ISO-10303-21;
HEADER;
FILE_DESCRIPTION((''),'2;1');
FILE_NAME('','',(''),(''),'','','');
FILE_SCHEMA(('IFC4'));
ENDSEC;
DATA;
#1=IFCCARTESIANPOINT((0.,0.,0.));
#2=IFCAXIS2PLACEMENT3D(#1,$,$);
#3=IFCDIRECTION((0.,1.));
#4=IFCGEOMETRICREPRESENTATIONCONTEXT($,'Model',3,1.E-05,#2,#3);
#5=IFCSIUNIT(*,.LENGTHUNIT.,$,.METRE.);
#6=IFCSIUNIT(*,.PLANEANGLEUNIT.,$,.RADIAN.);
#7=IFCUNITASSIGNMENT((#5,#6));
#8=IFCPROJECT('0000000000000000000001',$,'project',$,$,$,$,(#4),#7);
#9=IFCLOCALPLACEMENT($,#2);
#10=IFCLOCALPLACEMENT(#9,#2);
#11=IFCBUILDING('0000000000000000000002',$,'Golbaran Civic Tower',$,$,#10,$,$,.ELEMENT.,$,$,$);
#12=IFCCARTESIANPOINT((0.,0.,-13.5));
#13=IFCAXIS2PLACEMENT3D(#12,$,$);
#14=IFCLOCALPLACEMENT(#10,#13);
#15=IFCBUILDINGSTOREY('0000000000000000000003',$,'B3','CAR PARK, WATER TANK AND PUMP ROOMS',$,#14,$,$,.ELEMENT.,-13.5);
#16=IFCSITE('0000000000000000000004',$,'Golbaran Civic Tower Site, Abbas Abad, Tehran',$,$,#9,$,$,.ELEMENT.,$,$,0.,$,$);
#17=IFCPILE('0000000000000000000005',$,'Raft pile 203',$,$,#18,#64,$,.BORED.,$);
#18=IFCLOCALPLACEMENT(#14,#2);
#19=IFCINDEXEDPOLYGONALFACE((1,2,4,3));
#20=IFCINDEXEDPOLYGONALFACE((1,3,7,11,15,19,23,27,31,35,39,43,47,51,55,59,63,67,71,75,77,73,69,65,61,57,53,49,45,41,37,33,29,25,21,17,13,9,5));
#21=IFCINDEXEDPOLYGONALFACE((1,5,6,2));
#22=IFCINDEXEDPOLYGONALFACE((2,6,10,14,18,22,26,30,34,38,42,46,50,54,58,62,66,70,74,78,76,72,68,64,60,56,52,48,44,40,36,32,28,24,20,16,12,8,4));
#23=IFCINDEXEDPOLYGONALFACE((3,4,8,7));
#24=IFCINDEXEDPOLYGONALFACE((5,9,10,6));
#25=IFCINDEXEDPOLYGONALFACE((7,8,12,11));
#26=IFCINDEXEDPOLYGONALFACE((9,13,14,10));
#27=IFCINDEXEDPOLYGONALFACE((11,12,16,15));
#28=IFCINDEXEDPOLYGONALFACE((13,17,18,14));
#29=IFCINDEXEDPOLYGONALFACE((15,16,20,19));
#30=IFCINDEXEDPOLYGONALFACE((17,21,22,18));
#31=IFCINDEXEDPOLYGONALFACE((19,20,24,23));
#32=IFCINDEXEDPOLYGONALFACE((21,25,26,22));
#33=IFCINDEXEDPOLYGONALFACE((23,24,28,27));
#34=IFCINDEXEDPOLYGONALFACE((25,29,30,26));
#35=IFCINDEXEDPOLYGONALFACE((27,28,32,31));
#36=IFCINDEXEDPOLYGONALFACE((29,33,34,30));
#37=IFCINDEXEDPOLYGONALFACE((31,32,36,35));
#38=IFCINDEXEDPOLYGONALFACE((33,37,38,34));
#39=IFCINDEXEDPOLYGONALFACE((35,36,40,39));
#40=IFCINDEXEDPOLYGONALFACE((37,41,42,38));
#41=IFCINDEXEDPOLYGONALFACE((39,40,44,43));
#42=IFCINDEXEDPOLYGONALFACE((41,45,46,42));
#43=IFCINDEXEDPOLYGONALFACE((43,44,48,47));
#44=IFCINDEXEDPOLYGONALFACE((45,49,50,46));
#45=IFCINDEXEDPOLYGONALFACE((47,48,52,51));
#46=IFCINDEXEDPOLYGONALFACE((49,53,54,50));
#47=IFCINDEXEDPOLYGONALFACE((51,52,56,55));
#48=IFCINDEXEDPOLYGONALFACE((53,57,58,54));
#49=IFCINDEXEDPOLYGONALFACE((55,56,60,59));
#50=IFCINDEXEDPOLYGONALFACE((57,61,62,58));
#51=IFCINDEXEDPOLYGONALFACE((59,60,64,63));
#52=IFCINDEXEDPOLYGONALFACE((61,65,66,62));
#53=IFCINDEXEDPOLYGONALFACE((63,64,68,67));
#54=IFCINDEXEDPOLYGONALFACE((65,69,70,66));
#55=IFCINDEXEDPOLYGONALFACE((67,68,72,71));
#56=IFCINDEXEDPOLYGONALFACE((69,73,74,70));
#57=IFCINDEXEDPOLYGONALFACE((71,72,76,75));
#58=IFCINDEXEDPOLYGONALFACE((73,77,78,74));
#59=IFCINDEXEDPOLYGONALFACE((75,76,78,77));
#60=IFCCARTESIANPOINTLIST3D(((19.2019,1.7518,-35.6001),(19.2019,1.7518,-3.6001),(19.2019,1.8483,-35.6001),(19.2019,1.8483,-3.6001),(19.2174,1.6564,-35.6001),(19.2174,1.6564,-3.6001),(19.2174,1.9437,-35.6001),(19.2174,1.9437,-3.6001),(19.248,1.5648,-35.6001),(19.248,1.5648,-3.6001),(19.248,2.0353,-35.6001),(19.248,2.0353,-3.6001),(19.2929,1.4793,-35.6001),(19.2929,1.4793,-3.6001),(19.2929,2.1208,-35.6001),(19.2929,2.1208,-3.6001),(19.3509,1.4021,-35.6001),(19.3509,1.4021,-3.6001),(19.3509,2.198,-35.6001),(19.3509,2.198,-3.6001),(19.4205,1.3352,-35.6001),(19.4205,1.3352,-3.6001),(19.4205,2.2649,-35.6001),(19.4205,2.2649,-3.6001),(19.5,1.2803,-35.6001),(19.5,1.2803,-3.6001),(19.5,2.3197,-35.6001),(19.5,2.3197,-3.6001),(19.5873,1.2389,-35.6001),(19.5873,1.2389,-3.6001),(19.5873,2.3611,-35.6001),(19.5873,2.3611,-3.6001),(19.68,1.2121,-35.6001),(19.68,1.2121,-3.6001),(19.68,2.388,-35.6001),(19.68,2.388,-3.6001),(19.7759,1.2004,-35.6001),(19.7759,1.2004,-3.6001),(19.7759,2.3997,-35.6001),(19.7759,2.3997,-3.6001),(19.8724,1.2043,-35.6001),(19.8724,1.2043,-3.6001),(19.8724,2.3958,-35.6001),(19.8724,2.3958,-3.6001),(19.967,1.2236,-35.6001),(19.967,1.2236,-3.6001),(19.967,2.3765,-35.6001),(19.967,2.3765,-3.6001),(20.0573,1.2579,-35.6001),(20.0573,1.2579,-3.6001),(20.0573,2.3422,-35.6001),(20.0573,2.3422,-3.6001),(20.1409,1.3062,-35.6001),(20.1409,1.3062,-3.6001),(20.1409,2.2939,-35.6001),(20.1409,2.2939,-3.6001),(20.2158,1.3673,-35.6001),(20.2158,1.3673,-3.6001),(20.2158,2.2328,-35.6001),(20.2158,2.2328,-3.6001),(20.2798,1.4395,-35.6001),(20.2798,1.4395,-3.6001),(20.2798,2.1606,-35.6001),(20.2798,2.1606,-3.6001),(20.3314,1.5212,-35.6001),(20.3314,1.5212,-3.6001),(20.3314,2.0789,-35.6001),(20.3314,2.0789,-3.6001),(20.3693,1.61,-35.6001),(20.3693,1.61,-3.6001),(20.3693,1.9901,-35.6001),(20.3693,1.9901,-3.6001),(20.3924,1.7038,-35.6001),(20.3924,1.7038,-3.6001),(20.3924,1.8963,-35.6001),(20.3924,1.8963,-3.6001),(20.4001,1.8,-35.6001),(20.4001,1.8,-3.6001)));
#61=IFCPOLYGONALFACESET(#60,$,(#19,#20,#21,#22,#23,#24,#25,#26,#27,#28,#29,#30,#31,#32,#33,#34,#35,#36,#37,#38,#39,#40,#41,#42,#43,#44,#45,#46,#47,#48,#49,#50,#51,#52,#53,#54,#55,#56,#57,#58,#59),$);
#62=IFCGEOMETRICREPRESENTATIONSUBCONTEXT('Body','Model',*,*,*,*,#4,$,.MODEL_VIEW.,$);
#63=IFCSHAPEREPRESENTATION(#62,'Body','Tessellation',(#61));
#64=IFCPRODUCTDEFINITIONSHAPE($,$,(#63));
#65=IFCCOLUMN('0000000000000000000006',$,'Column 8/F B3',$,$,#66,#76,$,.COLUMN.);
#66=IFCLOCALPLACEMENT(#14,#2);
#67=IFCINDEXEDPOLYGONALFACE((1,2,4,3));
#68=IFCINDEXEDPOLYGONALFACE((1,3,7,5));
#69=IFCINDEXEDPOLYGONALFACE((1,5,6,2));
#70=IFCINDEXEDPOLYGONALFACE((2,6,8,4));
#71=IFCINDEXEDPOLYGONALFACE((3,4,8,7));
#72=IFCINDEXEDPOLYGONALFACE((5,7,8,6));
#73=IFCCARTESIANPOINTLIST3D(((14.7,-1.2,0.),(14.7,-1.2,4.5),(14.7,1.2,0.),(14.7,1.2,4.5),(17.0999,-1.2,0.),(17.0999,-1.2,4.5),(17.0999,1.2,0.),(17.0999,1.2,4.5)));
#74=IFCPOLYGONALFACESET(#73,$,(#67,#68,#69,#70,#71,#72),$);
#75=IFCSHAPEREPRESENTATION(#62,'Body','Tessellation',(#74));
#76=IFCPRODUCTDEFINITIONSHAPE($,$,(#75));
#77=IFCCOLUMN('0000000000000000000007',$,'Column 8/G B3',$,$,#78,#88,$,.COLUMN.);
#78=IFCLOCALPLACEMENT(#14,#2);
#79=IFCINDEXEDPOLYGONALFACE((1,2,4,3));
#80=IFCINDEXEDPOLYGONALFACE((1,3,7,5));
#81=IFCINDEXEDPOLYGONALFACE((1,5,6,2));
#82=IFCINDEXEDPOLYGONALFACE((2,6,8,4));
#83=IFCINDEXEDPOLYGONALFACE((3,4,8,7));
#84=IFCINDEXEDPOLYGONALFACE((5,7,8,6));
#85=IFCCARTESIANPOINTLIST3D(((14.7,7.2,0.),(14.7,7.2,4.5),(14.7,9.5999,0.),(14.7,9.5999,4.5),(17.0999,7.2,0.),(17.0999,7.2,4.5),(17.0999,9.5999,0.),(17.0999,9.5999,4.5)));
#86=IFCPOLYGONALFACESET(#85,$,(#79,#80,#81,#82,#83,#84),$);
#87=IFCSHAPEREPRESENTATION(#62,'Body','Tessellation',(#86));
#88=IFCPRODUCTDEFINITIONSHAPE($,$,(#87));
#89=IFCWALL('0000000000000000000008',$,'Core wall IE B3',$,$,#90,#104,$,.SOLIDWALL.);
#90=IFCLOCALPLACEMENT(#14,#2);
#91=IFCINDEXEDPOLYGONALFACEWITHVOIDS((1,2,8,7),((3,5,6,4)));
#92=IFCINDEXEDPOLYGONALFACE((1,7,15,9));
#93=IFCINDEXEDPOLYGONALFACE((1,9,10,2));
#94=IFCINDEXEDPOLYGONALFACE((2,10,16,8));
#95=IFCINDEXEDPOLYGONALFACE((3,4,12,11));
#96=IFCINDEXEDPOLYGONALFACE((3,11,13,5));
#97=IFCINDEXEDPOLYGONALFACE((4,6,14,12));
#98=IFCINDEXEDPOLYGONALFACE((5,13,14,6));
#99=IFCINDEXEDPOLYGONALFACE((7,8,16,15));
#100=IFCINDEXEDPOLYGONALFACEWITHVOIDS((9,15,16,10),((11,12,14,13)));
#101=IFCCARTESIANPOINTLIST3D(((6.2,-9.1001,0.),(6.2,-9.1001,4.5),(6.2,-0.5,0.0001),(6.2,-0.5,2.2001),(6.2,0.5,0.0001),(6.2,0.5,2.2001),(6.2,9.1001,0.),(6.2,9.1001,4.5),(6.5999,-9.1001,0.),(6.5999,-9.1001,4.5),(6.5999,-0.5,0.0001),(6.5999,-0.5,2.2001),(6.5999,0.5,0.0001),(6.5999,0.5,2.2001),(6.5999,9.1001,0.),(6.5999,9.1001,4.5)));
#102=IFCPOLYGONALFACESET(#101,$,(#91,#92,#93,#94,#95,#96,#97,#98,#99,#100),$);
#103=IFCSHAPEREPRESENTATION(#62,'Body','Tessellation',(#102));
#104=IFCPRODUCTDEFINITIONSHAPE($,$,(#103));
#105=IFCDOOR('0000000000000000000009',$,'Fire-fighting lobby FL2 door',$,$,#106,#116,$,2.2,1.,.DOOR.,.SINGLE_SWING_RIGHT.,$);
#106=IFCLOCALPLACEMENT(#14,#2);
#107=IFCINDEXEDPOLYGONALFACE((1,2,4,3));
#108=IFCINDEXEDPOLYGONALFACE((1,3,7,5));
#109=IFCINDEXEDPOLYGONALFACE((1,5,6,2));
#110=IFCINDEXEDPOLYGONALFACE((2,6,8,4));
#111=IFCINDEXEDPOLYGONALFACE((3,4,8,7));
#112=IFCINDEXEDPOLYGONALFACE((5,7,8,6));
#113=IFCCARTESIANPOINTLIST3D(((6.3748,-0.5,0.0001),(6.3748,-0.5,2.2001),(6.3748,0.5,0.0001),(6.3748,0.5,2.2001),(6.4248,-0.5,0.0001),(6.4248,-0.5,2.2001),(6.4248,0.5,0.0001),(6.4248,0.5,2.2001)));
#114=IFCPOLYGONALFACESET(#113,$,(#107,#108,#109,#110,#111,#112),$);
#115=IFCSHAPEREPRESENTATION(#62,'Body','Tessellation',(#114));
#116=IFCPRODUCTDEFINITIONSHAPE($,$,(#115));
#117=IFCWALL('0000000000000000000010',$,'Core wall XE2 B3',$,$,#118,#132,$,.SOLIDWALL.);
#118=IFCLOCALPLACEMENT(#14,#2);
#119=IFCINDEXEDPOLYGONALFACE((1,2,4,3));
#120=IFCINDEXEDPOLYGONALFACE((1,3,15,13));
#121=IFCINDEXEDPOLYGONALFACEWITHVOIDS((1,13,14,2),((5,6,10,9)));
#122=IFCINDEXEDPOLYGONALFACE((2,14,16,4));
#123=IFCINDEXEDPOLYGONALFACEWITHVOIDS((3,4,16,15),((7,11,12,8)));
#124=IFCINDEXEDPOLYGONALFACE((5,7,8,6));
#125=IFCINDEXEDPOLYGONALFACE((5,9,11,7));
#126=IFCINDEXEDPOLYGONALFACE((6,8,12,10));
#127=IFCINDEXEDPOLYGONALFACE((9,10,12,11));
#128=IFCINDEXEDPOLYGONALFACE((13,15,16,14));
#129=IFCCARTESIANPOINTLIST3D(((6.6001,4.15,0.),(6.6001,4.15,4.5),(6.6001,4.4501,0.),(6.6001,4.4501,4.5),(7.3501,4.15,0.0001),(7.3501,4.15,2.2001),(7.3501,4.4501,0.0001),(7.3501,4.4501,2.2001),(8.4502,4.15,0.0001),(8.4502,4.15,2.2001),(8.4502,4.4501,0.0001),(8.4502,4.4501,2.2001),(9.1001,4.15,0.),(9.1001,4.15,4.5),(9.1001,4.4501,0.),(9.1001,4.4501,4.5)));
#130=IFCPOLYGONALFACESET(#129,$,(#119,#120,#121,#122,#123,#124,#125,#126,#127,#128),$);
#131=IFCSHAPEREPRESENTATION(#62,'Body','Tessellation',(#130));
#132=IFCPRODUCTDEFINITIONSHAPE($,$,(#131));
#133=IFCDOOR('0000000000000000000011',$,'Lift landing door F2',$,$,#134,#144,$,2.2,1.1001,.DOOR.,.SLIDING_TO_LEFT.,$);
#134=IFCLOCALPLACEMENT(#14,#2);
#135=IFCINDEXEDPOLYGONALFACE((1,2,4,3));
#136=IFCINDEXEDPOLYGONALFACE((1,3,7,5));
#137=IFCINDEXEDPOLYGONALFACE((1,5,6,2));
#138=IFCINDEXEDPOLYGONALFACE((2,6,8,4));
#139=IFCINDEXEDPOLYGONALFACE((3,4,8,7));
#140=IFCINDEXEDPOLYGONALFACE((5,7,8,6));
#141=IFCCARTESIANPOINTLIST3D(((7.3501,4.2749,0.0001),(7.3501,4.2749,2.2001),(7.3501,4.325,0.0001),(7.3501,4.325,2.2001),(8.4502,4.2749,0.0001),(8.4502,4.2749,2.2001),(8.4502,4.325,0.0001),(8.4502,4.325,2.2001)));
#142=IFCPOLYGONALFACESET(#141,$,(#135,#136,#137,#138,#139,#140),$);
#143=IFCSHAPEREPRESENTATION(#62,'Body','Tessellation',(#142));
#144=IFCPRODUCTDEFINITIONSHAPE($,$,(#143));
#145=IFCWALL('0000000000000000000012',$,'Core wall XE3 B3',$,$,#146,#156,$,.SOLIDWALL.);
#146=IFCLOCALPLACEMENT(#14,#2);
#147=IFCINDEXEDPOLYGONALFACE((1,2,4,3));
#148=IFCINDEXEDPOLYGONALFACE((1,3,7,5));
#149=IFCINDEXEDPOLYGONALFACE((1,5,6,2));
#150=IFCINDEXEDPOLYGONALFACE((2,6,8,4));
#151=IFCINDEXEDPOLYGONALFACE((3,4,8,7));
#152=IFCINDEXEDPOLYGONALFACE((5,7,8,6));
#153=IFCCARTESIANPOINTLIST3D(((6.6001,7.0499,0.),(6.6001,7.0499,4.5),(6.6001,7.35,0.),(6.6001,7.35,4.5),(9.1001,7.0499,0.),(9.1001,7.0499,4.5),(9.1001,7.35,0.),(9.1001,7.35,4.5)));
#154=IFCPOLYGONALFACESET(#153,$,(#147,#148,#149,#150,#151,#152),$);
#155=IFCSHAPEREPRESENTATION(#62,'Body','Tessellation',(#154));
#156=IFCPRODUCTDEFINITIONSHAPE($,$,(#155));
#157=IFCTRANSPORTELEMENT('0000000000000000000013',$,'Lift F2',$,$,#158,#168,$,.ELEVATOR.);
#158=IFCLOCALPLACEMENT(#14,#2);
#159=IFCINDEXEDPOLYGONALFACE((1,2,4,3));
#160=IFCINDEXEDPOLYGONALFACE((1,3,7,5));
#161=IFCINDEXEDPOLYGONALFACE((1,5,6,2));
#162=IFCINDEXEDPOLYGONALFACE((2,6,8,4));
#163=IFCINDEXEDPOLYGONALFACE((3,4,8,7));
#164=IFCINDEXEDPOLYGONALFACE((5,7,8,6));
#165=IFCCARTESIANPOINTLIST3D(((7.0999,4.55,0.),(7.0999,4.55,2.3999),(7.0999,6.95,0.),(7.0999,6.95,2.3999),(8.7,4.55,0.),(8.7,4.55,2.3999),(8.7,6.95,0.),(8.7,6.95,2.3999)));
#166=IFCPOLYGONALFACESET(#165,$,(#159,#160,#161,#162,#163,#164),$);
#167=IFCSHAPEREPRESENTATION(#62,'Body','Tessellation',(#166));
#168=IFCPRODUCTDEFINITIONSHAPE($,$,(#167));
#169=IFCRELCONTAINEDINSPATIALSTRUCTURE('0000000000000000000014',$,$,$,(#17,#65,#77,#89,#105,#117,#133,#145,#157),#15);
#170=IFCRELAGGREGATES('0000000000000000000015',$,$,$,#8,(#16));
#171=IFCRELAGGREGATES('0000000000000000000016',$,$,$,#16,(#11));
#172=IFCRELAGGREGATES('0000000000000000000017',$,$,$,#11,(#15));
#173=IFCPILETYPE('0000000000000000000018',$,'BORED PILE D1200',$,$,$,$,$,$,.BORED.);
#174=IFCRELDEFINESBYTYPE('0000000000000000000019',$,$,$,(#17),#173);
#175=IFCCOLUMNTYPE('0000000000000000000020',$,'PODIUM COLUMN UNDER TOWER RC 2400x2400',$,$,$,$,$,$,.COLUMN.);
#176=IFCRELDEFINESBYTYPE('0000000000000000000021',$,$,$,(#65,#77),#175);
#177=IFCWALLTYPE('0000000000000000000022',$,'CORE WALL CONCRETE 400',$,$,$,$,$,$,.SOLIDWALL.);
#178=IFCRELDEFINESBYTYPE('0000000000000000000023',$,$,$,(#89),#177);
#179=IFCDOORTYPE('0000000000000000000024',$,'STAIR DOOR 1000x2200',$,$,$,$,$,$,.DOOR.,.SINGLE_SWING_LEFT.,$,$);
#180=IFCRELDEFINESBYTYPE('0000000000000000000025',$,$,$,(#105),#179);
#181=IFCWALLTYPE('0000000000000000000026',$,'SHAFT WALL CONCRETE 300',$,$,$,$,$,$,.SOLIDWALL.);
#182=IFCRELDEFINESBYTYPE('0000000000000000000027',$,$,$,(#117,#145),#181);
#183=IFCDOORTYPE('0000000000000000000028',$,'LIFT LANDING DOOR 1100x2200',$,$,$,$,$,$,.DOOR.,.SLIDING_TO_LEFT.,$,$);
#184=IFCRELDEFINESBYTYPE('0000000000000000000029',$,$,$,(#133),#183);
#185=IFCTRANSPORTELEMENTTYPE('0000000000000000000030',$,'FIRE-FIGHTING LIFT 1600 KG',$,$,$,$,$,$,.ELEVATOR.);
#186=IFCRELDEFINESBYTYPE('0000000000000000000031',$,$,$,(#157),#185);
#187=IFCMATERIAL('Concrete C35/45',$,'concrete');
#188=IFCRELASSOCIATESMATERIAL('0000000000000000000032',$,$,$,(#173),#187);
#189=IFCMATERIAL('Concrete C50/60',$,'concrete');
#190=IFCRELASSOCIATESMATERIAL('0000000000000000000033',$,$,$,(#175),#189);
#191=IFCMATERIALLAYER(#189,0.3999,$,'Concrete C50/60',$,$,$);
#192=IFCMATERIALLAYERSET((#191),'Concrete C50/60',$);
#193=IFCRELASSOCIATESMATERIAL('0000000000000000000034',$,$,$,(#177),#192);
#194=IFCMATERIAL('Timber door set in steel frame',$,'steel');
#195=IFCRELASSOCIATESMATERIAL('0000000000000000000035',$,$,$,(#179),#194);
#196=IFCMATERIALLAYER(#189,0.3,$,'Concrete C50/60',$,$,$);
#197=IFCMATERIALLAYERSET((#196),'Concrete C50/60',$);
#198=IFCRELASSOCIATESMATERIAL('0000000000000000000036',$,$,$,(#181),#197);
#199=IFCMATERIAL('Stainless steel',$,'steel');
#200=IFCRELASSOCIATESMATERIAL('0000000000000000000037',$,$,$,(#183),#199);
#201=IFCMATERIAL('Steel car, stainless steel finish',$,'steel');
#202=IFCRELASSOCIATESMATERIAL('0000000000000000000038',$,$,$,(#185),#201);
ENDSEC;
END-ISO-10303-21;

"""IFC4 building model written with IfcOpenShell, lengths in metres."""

from ifc_helpers import new_model, si_unit, direction, frame, frame_2d, origin, origin_2d, place, context, subcontext, project, spatial, rectangle, circle, extrude, material, layer, layer_set, material_profile, profile_set, type_object, element, fill, save


model = new_model("IFC4")

# Units and contexts
model_context = context("Model", 3, precision=1e-05, world=origin(), true_north=direction((0.0, 1.0)))
body_context = subcontext(model_context, "Body", "Model", "MODEL_VIEW")
ifc_project = project(units=[si_unit("LENGTHUNIT", "METRE"), si_unit("PLANEANGLEUNIT", "RADIAN")], contexts=[model_context])

# Site, building, storey
site_placement = place(None, origin())
site = spatial("IfcSite", under=ifc_project, at=site_placement, Name="Golbaran Civic Tower Site, Abbas Abad, Tehran", CompositionType="ELEMENT", RefElevation=0.0)
building_placement = place(site_placement, origin())
building = spatial("IfcBuilding", under=site, at=building_placement, Name="Golbaran Civic Tower", CompositionType="ELEMENT")
storey_placement = place(building_placement, frame((0.0, 0.0, -13.5)))
storey = spatial("IfcBuildingStorey", under=building, at=storey_placement, Name="B3", Description="CAR PARK, WATER TANK AND PUMP ROOMS", CompositionType="ELEMENT", Elevation=-13.5)

# Pile
ifc_material_1 = material(Name="Concrete C35/45", Category="concrete")
ifc_material_profile_1 = material_profile(ifc_material_1, circle(Radius=0.6001, at=origin_2d()), Name="BORED PILE D1200")
ifc_profile_set_1 = profile_set([ifc_material_profile_1], Name="Concrete C35/45")
pile_type = type_object("IfcPileType", Name="BORED PILE D1200", PredefinedType="BORED", material=ifc_profile_set_1)
for number, where, z_axis, x_axis, name in (
    (1, (19.8, 1.8, -3.6001), (0.0, 0.0, -1.0), (1.0, 0.0, 0.0), "Raft pile 203"),
):
    element("IfcPile", number, at=place(storey_placement, frame(where, z_axis=z_axis, x_axis=x_axis)), inside=storey, type_object=pile_type, Name=name, PredefinedType="BORED", context=body_context, shape_type="SweptSolid", body=[
        extrude(circle(Radius=0.6001, at=origin_2d()), origin(), (0.0, 0.0, 1.0), 32.0),
    ])

# Columns
ifc_material_2 = material(Name="Concrete C50/60", Category="concrete")
ifc_material_profile_2 = material_profile(ifc_material_2, rectangle(XDim=2.3999, YDim=2.3999, at=origin_2d()), Name="RC 2400x2400")
ifc_profile_set_2 = profile_set([ifc_material_profile_2], Name="Concrete C50/60")
column_type = type_object("IfcColumnType", Name="PODIUM COLUMN UNDER TOWER RC 2400x2400", PredefinedType="COLUMN", material=ifc_profile_set_2)
for number, where, z_axis, x_axis, name in (
    (2, (15.8999, 0.0, 0.0), (0.0, 0.0, 1.0), (1.0, 0.0, 0.0), "Column 8/F B3"),
    (3, (15.8999, 8.3999, 0.0), (0.0, 0.0, 1.0), (1.0, 0.0, 0.0), "Column 8/G B3"),
):
    element("IfcColumn", number, at=place(storey_placement, frame(where, z_axis=z_axis, x_axis=x_axis)), inside=storey, type_object=column_type, Name=name, PredefinedType="COLUMN", context=body_context, shape_type="SweptSolid", body=[
        extrude(rectangle(XDim=2.3999, YDim=2.3999, at=origin_2d()), origin(), (0.0, 0.0, 1.0), 4.5),
    ])

# Walls, openings, doors
ifc_layer_1 = layer(ifc_material_2, 0.3999, Name="Concrete C50/60")
ifc_layer_set_1 = layer_set([ifc_layer_1], Name="Concrete C50/60")
wall_type_1 = type_object("IfcWallType", Name="CORE WALL CONCRETE 400", PredefinedType="SOLIDWALL", material=ifc_layer_set_1)
wall_1_placement = place(storey_placement, frame((6.3999, 9.1001, 0.0), z_axis=(0.0, 0.0, 1.0), x_axis=(0.0, -1.0, 0.0)))
wall_1 = element("IfcWall", 4, at=wall_1_placement, inside=storey, type_object=wall_type_1, Name="Core wall IE B3", PredefinedType="SOLIDWALL", context=body_context, shape_type="SweptSolid", body=[
    extrude(rectangle(XDim=18.2002, YDim=0.3999, at=frame_2d((9.1001, 0.0))), origin(), (0.0, 0.0, 1.0), 4.5),
])
opening_1_placement = place(wall_1_placement, frame((8.6001, 0.0, 0.0)))
opening_1 = element("IfcOpeningElement", 5, at=opening_1_placement, cuts=wall_1, PredefinedType="OPENING", context=body_context, shape_type="SweptSolid", body=[
    extrude(rectangle(XDim=1.0, YDim=2.2, at=frame_2d((0.5, 1.1001))), frame((0.0, 0.21, 0.0), z_axis=(0.0, -1.0, 0.0), x_axis=(1.0, 0.0, 0.0)), (0.0, 0.0, 1.0), 0.4199),
])
ifc_material_3 = material(Name="Timber door set in steel frame", Category="steel")
door_type_1 = type_object("IfcDoorType", Name="STAIR DOOR 1000x2200", OperationType="SINGLE_SWING_LEFT", PredefinedType="DOOR", material=ifc_material_3)
door_1_placement = place(opening_1_placement, origin())
door_1 = element("IfcDoor", 6, at=door_1_placement, inside=storey, type_object=door_type_1, Name="Fire-fighting lobby FL2 door", OperationType="SINGLE_SWING_RIGHT", OverallHeight=2.2, OverallWidth=1.0, PredefinedType="DOOR", context=body_context, shape_type="SweptSolid", body=[
    extrude(rectangle(XDim=1.0, YDim=2.2, at=frame_2d((0.5, 1.1001))), frame((0.0, 0.0249, 0.0), z_axis=(0.0, -1.0, 0.0), x_axis=(1.0, 0.0, 0.0)), (0.0, 0.0, 1.0), 0.05),
])
fill(opening_1, door_1)
ifc_layer_2 = layer(ifc_material_2, 0.3, Name="Concrete C50/60")
ifc_layer_set_2 = layer_set([ifc_layer_2], Name="Concrete C50/60")
wall_type_2 = type_object("IfcWallType", Name="SHAFT WALL CONCRETE 300", PredefinedType="SOLIDWALL", material=ifc_layer_set_2)
wall_2_placement = place(storey_placement, frame((6.6001, 4.3, 0.0), z_axis=(0.0, 0.0, 1.0), x_axis=(1.0, 0.0, 0.0)))
wall_2 = element("IfcWall", 7, at=wall_2_placement, inside=storey, type_object=wall_type_2, Name="Core wall XE2 B3", PredefinedType="SOLIDWALL", context=body_context, shape_type="SweptSolid", body=[
    extrude(rectangle(XDim=2.5, YDim=0.3, at=frame_2d((1.25, 0.0))), origin(), (0.0, 0.0, 1.0), 4.5),
])
opening_2_placement = place(wall_2_placement, frame((0.75, 0.0, 0.0)))
opening_2 = element("IfcOpeningElement", 8, at=opening_2_placement, cuts=wall_2, PredefinedType="OPENING", context=body_context, shape_type="SweptSolid", body=[
    extrude(rectangle(XDim=1.1001, YDim=2.2, at=frame_2d((0.55, 1.1001))), frame((0.0, 0.1599, 0.0), z_axis=(0.0, -1.0, 0.0), x_axis=(1.0, 0.0, 0.0)), (0.0, 0.0, 1.0), 0.3201),
])
ifc_material_4 = material(Name="Stainless steel", Category="steel")
door_type_2 = type_object("IfcDoorType", Name="LIFT LANDING DOOR 1100x2200", OperationType="SLIDING_TO_LEFT", PredefinedType="DOOR", material=ifc_material_4)
door_2_placement = place(opening_2_placement, origin())
door_2 = element("IfcDoor", 9, at=door_2_placement, inside=storey, type_object=door_type_2, Name="Lift landing door F2", OperationType="SLIDING_TO_LEFT", OverallHeight=2.2, OverallWidth=1.1001, PredefinedType="DOOR", context=body_context, shape_type="SweptSolid", body=[
    extrude(rectangle(XDim=1.1001, YDim=2.2, at=frame_2d((0.55, 1.1001))), frame((0.0, 0.0249, 0.0), z_axis=(0.0, -1.0, 0.0), x_axis=(1.0, 0.0, 0.0)), (0.0, 0.0, 1.0), 0.05),
])
fill(opening_2, door_2)

# Wall
wall_3_placement = place(storey_placement, frame((6.6001, 7.2, 0.0), z_axis=(0.0, 0.0, 1.0), x_axis=(1.0, 0.0, 0.0)))
element("IfcWall", 10, at=wall_3_placement, inside=storey, type_object=wall_type_2, Name="Core wall XE3 B3", PredefinedType="SOLIDWALL", context=body_context, shape_type="SweptSolid", body=[
    extrude(rectangle(XDim=2.5, YDim=0.3, at=frame_2d((1.25, 0.0))), origin(), (0.0, 0.0, 1.0), 4.5),
])

# Transport element
ifc_material_5 = material(Name="Steel car, stainless steel finish", Category="steel")
transport_element_type = type_object("IfcTransportElementType", Name="FIRE-FIGHTING LIFT 1600 KG", PredefinedType="ELEVATOR", material=ifc_material_5)
transport_element_placement = place(storey_placement, frame((7.8999, 5.75, 0.0), z_axis=(0.0, 0.0, 1.0), x_axis=(1.0, 0.0, 0.0)))
element("IfcTransportElement", 11, at=transport_element_placement, inside=storey, type_object=transport_element_type, Name="Lift F2", PredefinedType="ELEVATOR", context=body_context, shape_type="SweptSolid", body=[
    extrude(rectangle(XDim=1.6001, YDim=2.3999, at=origin_2d()), origin(), (0.0, 0.0, 1.0), 2.3999),
])

save(model, "model.ifc")
